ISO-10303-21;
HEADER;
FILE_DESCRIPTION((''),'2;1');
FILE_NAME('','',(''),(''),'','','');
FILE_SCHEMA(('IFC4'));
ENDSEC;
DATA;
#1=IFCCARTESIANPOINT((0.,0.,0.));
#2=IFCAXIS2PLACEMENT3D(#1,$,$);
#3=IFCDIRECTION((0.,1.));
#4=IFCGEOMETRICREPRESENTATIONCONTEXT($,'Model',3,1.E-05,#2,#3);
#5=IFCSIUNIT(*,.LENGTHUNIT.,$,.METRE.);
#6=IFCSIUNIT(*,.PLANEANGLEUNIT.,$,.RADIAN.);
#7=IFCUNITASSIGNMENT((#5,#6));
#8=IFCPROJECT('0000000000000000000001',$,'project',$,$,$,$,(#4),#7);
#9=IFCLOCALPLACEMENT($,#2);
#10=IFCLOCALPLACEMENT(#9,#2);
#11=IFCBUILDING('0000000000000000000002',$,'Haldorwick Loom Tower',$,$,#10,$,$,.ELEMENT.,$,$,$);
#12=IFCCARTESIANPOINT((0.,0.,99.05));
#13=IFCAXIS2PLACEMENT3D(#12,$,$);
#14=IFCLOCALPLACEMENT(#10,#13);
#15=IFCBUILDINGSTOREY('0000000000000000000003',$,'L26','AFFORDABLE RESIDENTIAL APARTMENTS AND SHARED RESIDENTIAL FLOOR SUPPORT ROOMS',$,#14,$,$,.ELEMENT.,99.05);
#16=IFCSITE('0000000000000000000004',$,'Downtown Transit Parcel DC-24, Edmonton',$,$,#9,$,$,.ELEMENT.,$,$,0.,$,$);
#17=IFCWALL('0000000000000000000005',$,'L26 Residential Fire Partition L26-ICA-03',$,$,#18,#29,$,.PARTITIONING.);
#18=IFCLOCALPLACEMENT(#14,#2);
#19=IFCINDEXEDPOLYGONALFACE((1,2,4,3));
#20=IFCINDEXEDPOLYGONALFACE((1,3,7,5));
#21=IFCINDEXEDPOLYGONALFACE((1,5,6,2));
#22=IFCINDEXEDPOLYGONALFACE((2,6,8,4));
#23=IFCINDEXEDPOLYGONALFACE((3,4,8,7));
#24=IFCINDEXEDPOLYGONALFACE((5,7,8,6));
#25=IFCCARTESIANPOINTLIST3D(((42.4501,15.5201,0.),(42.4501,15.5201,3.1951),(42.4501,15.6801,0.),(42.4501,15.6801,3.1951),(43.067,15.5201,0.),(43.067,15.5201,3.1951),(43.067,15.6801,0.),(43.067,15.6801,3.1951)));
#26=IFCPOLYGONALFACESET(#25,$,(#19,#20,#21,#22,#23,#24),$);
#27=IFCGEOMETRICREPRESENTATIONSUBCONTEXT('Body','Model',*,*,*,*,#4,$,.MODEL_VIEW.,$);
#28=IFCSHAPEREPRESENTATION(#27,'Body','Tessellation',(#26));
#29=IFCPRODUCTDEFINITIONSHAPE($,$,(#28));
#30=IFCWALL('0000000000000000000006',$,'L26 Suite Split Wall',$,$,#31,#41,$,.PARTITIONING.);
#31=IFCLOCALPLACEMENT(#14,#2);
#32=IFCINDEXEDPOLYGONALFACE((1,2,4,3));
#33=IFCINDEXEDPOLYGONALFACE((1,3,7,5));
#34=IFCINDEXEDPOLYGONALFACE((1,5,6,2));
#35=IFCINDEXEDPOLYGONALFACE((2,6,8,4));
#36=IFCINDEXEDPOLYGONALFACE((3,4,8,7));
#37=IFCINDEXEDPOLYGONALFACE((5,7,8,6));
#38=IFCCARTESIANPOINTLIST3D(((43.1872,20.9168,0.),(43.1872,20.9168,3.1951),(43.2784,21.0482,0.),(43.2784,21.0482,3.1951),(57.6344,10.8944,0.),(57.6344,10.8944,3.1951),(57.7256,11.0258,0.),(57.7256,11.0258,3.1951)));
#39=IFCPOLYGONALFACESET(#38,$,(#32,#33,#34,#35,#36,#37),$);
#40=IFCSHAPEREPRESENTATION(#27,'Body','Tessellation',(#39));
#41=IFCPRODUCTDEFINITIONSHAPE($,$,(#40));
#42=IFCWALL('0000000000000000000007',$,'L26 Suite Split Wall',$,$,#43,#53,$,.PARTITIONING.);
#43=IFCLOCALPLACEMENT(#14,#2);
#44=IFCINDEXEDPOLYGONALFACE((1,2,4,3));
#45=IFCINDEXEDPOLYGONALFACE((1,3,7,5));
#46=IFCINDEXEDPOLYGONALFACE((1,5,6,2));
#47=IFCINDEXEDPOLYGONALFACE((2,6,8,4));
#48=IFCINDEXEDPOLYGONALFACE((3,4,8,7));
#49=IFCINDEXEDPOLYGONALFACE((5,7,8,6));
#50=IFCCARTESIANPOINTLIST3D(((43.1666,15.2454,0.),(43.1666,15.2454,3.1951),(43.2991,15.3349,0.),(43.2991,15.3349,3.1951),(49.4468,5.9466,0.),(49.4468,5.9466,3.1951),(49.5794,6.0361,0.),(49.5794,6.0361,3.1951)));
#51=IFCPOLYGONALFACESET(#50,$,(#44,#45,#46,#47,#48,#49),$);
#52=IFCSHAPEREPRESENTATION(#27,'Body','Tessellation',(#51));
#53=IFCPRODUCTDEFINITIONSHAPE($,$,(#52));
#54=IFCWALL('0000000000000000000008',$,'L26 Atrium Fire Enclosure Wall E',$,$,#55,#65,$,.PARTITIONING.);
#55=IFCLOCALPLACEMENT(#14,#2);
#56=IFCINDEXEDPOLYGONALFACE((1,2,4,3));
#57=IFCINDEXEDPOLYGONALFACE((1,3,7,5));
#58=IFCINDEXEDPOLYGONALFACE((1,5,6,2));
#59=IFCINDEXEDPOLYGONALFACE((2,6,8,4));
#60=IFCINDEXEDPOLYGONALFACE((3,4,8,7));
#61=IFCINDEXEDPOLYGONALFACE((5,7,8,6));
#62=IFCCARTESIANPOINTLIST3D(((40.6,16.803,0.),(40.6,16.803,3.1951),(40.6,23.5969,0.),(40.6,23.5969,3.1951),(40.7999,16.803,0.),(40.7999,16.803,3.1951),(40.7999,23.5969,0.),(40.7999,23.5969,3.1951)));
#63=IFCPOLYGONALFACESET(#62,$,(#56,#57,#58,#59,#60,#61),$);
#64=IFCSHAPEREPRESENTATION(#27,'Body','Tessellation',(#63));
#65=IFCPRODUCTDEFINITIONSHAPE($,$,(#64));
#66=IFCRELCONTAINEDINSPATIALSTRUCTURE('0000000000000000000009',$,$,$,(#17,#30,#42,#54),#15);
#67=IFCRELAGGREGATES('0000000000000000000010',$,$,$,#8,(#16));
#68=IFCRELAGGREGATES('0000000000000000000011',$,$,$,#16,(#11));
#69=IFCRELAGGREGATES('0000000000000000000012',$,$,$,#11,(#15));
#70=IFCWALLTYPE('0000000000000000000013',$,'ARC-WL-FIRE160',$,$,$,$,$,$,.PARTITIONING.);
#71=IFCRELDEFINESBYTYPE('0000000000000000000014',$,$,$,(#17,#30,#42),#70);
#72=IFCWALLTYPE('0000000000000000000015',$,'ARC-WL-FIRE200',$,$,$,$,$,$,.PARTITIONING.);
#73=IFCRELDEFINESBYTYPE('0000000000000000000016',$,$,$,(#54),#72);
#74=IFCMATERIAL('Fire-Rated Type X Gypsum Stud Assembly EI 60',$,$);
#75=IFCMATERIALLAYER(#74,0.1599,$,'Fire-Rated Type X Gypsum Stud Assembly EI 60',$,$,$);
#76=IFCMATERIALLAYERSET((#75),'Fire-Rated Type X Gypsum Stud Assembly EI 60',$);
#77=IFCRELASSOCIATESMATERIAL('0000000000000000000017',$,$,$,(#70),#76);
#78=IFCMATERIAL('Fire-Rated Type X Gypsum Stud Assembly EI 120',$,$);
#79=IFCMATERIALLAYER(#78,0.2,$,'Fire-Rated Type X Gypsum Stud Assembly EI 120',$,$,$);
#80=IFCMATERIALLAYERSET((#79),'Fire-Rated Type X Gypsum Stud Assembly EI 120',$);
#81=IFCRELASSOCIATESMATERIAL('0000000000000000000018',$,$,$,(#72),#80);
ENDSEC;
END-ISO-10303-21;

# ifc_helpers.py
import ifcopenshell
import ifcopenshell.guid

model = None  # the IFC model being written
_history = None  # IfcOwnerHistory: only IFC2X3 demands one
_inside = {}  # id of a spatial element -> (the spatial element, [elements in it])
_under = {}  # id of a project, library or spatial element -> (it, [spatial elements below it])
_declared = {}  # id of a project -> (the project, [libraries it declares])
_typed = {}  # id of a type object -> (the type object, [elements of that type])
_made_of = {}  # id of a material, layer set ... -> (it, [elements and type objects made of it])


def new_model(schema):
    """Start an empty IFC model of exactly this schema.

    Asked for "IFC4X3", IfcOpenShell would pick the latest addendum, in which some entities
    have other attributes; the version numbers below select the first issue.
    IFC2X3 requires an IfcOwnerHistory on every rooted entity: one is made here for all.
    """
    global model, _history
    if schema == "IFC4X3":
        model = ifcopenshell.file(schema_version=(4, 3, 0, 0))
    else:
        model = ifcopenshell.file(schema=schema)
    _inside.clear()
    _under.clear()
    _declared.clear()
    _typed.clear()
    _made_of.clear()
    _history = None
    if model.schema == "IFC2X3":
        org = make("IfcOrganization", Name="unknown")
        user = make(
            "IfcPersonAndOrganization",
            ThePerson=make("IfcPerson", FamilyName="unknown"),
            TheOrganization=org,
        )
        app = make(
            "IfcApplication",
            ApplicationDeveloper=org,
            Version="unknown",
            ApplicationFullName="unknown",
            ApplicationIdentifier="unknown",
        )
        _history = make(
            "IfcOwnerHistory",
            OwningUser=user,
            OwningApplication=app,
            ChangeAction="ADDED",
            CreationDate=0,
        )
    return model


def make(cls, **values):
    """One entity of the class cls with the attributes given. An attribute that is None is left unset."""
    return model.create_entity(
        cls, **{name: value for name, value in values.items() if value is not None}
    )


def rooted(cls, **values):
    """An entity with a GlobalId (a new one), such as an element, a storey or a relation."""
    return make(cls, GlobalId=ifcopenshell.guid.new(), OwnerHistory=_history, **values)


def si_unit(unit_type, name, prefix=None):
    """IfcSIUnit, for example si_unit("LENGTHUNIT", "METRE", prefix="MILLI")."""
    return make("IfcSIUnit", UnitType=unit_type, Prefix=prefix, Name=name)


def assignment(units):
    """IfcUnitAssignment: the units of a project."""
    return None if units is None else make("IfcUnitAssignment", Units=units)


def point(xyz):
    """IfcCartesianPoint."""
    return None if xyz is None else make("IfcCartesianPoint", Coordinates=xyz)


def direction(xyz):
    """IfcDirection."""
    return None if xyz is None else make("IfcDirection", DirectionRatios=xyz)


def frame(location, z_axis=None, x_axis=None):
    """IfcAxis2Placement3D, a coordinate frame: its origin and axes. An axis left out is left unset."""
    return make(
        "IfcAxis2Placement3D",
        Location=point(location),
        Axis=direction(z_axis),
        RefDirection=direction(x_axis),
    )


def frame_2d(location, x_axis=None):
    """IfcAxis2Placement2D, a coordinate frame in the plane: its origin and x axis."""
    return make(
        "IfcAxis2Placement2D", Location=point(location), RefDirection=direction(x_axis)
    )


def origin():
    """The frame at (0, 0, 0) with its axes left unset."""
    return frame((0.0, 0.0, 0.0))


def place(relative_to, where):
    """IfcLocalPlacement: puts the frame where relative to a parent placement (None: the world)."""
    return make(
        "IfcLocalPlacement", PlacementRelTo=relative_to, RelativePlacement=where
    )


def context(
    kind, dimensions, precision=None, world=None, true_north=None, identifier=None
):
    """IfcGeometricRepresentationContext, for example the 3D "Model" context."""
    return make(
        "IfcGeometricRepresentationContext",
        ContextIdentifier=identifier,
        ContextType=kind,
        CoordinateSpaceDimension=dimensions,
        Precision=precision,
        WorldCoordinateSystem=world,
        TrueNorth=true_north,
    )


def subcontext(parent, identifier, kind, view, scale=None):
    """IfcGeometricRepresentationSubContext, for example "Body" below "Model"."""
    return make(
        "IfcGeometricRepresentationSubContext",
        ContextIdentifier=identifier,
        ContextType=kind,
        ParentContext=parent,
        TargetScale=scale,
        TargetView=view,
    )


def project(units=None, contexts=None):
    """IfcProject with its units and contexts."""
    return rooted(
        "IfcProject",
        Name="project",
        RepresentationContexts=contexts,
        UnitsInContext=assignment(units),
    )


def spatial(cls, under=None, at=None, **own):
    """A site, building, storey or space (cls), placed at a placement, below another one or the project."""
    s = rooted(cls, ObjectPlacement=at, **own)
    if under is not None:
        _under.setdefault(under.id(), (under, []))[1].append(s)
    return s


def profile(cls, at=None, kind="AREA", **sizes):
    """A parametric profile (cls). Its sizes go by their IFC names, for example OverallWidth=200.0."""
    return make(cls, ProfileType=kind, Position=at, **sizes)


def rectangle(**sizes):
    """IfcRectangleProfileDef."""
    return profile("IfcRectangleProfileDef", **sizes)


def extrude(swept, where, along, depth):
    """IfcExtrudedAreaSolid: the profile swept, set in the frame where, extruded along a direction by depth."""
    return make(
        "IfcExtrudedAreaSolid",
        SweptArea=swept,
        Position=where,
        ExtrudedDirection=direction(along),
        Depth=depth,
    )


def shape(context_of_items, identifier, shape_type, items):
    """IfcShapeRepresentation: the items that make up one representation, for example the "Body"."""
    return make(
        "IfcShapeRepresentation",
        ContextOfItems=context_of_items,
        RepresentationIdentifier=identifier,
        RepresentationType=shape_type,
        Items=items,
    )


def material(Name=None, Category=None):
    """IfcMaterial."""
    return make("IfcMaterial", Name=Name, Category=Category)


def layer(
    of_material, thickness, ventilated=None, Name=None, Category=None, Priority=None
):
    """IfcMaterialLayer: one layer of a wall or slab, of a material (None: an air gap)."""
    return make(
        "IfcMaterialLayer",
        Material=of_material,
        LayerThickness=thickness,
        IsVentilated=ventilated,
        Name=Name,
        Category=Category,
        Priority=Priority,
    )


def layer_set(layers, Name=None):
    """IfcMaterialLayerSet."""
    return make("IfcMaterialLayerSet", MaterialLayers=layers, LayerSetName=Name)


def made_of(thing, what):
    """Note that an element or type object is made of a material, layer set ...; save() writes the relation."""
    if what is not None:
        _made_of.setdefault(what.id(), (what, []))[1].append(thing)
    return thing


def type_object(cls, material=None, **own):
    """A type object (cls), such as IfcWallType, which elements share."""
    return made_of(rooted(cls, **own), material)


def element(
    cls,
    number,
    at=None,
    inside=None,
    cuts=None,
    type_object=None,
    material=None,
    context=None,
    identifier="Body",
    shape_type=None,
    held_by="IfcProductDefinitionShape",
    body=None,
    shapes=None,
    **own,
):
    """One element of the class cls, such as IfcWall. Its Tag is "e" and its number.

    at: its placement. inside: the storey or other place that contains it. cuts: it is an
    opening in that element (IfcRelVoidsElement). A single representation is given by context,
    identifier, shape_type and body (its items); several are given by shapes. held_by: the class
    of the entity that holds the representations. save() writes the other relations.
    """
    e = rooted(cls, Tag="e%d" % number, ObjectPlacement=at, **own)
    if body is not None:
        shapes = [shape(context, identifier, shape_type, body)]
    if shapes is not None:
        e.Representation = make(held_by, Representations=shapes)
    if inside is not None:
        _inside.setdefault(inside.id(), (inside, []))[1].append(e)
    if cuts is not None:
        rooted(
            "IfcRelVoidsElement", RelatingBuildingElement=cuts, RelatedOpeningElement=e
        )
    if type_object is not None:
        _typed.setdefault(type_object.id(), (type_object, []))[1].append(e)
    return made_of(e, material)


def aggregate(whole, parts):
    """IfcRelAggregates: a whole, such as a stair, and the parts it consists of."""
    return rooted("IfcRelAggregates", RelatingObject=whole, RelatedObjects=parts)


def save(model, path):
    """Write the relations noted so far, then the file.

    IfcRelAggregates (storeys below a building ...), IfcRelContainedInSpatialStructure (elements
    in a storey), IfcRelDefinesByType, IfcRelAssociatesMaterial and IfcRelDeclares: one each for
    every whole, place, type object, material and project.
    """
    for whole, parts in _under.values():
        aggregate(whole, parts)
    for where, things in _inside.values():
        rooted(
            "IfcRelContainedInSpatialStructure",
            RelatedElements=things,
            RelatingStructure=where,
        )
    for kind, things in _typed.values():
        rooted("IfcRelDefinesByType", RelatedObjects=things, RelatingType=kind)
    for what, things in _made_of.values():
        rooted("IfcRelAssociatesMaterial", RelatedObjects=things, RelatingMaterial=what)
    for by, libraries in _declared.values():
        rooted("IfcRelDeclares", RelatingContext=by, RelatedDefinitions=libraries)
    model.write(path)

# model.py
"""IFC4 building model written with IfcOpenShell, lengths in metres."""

from ifc_helpers import new_model, si_unit, direction, frame, frame_2d, origin, place, context, subcontext, project, spatial, rectangle, extrude, material, layer, layer_set, type_object, element, save


model = new_model("IFC4")

# Units and contexts
model_context = context("Model", 3, precision=1e-05, world=origin(), true_north=direction((0.0, 1.0)))
body_context = subcontext(model_context, "Body", "Model", "MODEL_VIEW")
ifc_project = project(units=[si_unit("LENGTHUNIT", "METRE"), si_unit("PLANEANGLEUNIT", "RADIAN")], contexts=[model_context])

# Site, building, storey
site_placement = place(None, origin())
site = spatial("IfcSite", under=ifc_project, at=site_placement, Name="Downtown Transit Parcel DC-24, Edmonton", CompositionType="ELEMENT", RefElevation=0.0)
building_placement = place(site_placement, origin())
building = spatial("IfcBuilding", under=site, at=building_placement, Name="Haldorwick Loom Tower", CompositionType="ELEMENT")
storey_placement = place(building_placement, frame((0.0, 0.0, 99.05)))
storey = spatial("IfcBuildingStorey", under=building, at=storey_placement, Name="L26", Description="AFFORDABLE RESIDENTIAL APARTMENTS AND SHARED RESIDENTIAL FLOOR SUPPORT ROOMS", CompositionType="ELEMENT", Elevation=99.05)

# Shared definitions
ifc_material_1 = material(Name="Fire-Rated Type X Gypsum Stud Assembly EI 60")
ifc_layer_1 = layer(ifc_material_1, 0.1599, Name="Fire-Rated Type X Gypsum Stud Assembly EI 60")
ifc_layer_set_1 = layer_set([ifc_layer_1], Name="Fire-Rated Type X Gypsum Stud Assembly EI 60")
wall_type_1 = type_object("IfcWallType", Name="ARC-WL-FIRE160", PredefinedType="PARTITIONING", material=ifc_layer_set_1)

# Walls
wall_1_placement = place(storey_placement, frame((42.45, 15.6001, 0.0), z_axis=(0.0, 0.0, 1.0), x_axis=(1.0, 0.0, 0.0)))
element("IfcWall", 1, at=wall_1_placement, inside=storey, type_object=wall_type_1, Name="L26 Residential Fire Partition L26-ICA-03", PredefinedType="PARTITIONING", context=body_context, shape_type="SweptSolid", body=[
    extrude(rectangle(XDim=0.6169, YDim=0.1599, at=frame_2d((0.3086, 0.0))), origin(), (0.0, 0.0, 1.0), 3.1951),
])
wall_2_placement = place(storey_placement, frame((43.2329, 20.9824, 0.0), z_axis=(0.0, 0.0, 1.0), x_axis=(0.821646, -0.569998, 0.0)))
element("IfcWall", 2, at=wall_2_placement, inside=storey, type_object=wall_type_1, Name="L26 Suite Split Wall", PredefinedType="PARTITIONING", context=body_context, shape_type="SweptSolid", body=[
    extrude(rectangle(XDim=17.5833, YDim=0.1599, at=frame_2d((8.7915, 0.0))), origin(), (0.0, 0.0, 1.0), 3.1951),
])
wall_3_placement = place(storey_placement, frame((43.2329, 15.29, 0.0), z_axis=(0.0, 0.0, 1.0), x_axis=(0.559691, -0.828701, 0.0)))
element("IfcWall", 3, at=wall_3_placement, inside=storey, type_object=wall_type_1, Name="L26 Suite Split Wall", PredefinedType="PARTITIONING", context=body_context, shape_type="SweptSolid", body=[
    extrude(rectangle(XDim=11.2209, YDim=0.1599, at=frame_2d((5.6104, 0.0))), origin(), (0.0, 0.0, 1.0), 3.1951),
])
ifc_material_2 = material(Name="Fire-Rated Type X Gypsum Stud Assembly EI 120")
ifc_layer_2 = layer(ifc_material_2, 0.2, Name="Fire-Rated Type X Gypsum Stud Assembly EI 120")
ifc_layer_set_2 = layer_set([ifc_layer_2], Name="Fire-Rated Type X Gypsum Stud Assembly EI 120")
wall_type_2 = type_object("IfcWallType", Name="ARC-WL-FIRE200", PredefinedType="PARTITIONING", material=ifc_layer_set_2)
wall_4_placement = place(storey_placement, frame((40.7, 23.5969, 0.0), z_axis=(0.0, 0.0, 1.0), x_axis=(0.0, -1.0, 0.0)))
element("IfcWall", 4, at=wall_4_placement, inside=storey, type_object=wall_type_2, Name="L26 Atrium Fire Enclosure Wall E", PredefinedType="PARTITIONING", context=body_context, shape_type="SweptSolid", body=[
    extrude(rectangle(XDim=6.7939, YDim=0.2, at=frame_2d((3.397, 0.0))), origin(), (0.0, 0.0, 1.0), 3.1951),
])

save(model, "model.ifc")
